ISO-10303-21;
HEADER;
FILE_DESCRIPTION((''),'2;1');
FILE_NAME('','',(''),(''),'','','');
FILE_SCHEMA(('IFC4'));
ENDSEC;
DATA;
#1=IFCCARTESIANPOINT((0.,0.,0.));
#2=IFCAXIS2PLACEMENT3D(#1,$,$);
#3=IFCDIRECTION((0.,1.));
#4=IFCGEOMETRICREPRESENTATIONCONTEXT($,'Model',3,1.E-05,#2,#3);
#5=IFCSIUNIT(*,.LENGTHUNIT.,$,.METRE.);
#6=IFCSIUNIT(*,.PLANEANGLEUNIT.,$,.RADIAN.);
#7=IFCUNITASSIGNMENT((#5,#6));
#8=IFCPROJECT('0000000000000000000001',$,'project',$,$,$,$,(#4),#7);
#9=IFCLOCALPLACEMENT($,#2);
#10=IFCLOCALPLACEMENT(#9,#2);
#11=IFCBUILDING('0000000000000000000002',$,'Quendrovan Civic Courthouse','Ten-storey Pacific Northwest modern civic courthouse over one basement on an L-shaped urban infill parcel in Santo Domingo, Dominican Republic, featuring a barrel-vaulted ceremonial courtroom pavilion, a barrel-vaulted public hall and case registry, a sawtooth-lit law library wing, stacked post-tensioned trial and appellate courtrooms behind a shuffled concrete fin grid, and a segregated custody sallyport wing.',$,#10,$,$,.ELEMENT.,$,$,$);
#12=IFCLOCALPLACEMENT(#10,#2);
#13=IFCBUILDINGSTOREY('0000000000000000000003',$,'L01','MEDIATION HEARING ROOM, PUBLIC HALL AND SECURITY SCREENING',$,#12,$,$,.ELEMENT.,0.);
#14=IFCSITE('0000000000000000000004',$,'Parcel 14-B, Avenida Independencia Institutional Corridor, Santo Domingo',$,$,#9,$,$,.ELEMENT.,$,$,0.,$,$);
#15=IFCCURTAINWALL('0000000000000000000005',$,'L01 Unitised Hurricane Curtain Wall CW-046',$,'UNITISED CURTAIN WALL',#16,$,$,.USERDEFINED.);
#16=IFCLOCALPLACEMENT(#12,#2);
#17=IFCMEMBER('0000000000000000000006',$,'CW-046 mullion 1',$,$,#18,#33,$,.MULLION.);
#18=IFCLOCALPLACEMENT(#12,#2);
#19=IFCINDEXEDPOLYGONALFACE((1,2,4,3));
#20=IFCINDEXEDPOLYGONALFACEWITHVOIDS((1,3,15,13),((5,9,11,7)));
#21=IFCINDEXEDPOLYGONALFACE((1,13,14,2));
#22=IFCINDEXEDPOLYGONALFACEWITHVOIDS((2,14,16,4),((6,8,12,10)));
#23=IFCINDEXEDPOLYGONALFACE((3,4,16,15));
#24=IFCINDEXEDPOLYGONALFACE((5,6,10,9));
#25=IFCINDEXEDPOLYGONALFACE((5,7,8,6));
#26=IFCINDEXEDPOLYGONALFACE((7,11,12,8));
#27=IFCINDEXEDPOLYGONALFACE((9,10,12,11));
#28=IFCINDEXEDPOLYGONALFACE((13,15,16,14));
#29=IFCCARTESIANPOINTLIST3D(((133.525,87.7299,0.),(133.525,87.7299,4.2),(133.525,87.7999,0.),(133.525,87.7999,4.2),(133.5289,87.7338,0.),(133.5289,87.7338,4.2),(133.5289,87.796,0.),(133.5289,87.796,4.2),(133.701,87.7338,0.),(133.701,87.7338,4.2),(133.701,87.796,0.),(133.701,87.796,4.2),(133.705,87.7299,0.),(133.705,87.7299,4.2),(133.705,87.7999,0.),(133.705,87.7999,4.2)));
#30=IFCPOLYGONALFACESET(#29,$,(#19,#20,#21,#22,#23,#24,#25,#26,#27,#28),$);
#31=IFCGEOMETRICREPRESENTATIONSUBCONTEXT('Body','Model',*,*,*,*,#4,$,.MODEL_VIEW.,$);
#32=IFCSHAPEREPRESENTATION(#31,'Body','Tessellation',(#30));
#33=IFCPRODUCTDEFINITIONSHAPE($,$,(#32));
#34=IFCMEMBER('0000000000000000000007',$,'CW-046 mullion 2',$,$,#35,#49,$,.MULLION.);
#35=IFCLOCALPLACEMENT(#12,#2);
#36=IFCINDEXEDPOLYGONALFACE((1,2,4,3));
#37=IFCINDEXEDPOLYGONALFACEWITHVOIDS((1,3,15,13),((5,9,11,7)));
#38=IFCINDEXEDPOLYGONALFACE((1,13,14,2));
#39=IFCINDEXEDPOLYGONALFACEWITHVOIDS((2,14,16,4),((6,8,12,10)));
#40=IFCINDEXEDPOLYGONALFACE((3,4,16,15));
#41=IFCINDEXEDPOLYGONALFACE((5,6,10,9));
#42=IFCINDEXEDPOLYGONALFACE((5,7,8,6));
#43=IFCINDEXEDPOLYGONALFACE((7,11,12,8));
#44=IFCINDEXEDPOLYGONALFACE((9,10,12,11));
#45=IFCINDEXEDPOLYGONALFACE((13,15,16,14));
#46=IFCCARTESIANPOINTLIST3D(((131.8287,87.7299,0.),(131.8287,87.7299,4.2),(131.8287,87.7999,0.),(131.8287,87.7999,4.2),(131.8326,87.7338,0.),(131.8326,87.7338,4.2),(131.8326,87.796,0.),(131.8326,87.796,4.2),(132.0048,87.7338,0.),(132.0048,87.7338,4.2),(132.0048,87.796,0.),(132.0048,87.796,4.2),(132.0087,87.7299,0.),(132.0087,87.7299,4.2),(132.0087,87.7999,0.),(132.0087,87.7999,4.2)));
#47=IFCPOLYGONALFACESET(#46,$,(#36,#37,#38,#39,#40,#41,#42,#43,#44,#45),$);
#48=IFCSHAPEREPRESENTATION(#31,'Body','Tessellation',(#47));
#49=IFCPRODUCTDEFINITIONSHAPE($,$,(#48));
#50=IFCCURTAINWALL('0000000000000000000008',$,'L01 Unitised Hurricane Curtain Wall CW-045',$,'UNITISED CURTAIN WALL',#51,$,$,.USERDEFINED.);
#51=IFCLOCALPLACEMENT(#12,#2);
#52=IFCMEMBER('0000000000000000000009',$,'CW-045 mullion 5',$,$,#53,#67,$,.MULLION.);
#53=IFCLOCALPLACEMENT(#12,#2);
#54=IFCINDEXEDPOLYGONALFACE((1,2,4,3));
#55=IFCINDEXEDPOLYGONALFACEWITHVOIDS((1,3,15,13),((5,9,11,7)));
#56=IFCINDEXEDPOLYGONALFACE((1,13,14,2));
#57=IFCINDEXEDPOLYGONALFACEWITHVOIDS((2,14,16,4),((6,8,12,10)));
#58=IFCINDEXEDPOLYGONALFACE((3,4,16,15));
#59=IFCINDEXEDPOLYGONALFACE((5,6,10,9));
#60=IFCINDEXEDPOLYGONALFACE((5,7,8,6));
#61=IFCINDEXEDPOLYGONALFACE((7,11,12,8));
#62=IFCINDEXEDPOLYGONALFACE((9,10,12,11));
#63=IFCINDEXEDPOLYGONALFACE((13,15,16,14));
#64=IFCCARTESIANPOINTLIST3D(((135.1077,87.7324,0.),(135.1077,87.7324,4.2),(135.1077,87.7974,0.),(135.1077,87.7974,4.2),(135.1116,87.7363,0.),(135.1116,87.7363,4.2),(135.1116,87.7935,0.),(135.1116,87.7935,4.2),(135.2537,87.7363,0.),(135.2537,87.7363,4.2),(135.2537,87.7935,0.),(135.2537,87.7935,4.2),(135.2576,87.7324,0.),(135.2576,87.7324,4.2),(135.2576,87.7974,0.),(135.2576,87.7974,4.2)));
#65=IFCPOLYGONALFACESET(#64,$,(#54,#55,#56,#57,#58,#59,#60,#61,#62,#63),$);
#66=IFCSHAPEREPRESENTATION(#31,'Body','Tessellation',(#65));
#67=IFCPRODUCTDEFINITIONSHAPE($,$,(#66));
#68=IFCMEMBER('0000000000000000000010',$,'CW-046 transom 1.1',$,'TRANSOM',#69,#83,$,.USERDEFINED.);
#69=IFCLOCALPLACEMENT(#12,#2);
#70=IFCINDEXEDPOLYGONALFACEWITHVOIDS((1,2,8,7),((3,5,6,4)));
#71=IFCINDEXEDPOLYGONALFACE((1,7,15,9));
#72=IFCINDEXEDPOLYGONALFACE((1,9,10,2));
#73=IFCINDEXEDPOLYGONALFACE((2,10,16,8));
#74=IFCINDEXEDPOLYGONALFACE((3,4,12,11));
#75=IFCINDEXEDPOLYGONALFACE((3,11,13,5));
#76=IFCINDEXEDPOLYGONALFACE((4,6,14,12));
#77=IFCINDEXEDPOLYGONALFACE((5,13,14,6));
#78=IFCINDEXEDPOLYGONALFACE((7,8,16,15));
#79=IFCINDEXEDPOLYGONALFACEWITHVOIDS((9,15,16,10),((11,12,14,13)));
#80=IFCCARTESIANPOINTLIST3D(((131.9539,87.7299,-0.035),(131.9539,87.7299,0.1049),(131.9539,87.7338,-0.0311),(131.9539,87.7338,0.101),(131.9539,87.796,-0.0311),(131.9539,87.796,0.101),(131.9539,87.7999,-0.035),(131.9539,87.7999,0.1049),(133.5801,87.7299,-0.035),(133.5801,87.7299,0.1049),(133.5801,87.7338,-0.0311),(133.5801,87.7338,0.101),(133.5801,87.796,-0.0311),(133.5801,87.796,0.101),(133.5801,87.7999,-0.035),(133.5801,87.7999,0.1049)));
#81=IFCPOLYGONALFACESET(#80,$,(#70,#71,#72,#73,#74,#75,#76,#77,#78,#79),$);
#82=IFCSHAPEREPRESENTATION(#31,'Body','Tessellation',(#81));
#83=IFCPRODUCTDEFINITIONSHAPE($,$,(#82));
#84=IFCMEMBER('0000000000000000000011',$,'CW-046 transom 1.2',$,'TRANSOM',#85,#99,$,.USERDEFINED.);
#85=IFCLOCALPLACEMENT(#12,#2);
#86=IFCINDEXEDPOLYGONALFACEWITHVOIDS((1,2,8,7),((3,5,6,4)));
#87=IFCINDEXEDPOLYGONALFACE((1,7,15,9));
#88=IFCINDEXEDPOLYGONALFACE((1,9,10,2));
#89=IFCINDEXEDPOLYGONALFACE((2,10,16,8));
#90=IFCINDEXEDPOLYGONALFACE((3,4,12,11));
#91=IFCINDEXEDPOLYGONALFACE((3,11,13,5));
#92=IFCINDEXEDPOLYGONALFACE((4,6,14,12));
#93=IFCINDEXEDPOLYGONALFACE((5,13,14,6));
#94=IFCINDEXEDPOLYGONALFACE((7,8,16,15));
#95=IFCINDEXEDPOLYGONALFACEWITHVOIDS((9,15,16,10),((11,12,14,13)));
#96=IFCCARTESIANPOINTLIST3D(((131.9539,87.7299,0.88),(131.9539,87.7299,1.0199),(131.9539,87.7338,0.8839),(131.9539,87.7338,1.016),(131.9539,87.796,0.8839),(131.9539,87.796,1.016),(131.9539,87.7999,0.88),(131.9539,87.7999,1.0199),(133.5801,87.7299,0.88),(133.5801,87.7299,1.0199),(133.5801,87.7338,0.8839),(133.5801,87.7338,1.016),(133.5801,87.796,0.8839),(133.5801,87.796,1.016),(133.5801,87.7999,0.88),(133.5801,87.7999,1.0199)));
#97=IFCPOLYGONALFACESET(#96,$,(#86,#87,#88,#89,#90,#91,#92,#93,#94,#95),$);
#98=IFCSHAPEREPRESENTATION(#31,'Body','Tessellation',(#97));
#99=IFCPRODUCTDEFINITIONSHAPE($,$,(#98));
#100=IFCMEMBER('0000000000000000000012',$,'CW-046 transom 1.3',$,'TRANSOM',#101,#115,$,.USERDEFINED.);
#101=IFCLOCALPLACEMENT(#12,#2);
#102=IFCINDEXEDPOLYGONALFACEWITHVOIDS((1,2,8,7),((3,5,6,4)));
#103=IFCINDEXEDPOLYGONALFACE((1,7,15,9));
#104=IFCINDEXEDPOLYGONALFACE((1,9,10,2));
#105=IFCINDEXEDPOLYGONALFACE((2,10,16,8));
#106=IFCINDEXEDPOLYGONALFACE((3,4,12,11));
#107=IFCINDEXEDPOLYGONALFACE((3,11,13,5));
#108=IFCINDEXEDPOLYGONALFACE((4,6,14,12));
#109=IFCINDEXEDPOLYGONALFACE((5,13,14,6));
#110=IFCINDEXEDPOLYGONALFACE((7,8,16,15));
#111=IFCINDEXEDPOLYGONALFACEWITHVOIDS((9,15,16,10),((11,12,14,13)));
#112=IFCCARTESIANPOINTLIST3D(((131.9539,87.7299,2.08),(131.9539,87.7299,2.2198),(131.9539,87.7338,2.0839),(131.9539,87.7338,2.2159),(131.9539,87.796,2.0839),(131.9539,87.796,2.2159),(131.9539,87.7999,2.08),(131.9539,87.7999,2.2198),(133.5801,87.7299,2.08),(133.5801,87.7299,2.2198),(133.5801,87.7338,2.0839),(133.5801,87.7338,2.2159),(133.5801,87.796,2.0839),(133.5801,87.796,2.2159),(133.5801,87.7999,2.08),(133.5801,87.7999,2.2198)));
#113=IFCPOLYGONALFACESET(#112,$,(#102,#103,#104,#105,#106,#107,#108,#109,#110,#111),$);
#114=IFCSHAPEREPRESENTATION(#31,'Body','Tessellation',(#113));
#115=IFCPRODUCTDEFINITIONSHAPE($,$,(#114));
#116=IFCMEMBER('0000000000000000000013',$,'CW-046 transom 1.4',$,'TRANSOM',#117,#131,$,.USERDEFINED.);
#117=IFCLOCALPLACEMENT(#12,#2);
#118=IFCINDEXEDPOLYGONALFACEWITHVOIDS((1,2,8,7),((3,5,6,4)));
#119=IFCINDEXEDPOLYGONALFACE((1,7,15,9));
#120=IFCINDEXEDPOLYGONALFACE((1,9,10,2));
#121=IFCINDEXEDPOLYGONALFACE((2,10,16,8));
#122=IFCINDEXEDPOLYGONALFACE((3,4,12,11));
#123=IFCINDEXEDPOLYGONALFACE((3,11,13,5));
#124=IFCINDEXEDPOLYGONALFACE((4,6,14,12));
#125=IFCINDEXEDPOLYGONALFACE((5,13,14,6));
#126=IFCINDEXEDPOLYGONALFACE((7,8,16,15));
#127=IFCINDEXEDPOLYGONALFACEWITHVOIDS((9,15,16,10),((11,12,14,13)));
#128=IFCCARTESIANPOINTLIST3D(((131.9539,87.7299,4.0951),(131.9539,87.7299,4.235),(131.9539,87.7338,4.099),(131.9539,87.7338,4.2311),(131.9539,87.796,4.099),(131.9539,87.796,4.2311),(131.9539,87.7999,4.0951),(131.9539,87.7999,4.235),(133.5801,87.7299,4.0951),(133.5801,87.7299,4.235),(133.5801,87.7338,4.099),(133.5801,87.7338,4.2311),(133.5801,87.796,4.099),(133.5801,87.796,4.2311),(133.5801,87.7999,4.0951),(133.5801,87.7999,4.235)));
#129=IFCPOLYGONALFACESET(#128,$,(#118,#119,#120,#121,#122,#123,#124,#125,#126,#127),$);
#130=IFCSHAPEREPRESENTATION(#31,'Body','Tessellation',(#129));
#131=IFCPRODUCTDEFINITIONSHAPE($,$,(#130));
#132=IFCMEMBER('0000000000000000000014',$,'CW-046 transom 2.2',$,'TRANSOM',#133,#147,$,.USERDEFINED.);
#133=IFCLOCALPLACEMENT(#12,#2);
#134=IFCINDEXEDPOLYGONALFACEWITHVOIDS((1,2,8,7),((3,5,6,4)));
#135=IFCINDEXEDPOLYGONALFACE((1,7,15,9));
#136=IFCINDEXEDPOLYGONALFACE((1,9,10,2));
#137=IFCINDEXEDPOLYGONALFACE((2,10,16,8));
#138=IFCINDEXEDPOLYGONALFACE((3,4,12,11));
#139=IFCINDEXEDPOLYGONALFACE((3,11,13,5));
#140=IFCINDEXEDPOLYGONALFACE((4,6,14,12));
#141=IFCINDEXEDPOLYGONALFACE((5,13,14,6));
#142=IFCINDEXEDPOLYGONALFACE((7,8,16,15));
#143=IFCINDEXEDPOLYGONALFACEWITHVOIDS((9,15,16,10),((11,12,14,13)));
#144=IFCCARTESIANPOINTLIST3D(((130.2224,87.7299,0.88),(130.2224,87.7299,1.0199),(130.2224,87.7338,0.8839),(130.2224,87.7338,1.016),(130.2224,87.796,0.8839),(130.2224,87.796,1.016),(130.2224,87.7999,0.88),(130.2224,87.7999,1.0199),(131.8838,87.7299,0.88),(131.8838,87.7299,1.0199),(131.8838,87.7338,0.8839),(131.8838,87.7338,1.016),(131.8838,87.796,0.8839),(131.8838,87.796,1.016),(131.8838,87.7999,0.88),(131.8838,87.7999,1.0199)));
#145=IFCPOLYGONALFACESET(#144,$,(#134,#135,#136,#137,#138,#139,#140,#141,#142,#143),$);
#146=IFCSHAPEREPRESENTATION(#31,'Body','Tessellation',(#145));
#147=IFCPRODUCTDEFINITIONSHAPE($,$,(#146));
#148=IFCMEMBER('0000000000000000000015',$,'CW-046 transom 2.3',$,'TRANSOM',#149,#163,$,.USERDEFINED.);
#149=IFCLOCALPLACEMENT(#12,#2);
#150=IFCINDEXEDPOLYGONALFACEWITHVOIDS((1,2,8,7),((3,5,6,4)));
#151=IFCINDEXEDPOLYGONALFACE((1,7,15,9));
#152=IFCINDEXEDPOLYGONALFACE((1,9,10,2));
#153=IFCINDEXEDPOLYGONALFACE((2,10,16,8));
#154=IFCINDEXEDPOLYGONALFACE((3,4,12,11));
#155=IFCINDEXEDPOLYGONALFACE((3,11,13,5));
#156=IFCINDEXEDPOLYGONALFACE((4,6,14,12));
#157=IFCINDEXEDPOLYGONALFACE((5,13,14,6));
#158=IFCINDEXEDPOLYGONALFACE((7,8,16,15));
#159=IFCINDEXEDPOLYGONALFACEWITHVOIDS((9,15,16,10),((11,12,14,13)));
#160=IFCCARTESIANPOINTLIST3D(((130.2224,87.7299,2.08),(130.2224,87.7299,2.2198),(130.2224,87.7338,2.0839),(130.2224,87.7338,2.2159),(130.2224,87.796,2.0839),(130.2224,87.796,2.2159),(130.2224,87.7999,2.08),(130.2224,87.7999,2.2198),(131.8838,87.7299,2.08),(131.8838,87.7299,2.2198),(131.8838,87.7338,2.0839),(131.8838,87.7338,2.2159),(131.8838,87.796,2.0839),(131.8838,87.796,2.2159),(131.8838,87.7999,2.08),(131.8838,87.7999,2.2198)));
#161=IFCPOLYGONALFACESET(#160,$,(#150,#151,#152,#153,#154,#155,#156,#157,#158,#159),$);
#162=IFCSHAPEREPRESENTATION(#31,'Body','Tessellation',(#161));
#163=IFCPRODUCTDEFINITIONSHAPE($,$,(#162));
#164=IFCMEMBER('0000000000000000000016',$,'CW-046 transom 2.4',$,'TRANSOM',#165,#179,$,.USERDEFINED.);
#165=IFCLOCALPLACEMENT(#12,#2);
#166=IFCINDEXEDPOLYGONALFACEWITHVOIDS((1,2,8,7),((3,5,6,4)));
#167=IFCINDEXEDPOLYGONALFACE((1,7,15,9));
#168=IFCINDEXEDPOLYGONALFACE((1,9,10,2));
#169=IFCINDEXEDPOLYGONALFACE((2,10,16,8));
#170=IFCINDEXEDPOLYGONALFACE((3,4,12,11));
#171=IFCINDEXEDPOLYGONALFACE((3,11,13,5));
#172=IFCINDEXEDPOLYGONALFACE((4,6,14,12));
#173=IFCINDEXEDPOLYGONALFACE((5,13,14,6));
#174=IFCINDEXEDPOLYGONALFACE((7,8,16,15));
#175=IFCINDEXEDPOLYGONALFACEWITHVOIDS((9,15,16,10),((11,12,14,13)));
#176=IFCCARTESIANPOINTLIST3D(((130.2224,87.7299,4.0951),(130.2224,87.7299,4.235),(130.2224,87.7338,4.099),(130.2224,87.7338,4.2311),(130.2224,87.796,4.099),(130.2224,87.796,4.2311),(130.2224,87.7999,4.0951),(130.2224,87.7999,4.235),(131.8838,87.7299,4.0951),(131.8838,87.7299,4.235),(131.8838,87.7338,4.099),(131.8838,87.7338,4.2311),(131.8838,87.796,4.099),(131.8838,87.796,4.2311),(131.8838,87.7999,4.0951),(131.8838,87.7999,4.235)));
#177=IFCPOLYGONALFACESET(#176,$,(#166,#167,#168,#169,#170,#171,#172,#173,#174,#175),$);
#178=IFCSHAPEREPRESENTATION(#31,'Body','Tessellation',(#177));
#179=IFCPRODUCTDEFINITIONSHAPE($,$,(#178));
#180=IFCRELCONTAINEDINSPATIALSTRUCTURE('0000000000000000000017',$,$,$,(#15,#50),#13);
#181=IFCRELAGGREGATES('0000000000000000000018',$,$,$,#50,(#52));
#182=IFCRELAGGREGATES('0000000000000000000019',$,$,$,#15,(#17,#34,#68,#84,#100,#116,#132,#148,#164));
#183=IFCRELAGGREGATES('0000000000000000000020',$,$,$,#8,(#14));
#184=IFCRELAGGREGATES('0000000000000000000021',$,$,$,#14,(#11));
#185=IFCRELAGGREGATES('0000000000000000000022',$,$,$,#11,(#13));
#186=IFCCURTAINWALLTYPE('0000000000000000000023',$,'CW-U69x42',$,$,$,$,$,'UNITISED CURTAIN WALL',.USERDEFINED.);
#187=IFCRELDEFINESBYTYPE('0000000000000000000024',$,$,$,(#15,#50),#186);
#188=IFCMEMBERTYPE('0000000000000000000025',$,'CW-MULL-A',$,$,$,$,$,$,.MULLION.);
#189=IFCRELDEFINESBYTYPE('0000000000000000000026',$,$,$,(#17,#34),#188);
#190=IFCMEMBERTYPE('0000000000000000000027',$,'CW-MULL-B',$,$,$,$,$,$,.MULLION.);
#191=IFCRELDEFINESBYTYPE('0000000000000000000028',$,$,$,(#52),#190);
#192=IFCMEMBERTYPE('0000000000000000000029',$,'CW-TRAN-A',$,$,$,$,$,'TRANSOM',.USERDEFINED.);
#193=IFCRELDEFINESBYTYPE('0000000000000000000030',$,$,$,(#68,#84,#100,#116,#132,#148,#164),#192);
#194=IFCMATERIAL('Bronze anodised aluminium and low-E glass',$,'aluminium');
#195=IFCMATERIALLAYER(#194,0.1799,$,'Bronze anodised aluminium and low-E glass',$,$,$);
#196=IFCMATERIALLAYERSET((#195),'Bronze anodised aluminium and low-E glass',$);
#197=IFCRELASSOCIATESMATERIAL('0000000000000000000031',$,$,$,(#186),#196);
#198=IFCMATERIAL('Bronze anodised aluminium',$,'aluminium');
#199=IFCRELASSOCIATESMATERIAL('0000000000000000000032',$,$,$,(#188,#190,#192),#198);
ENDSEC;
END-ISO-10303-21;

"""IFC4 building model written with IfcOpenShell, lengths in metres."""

from ifc_helpers import new_model, si_unit, direction, frame, origin, origin_2d, place, context, subcontext, project, spatial, hollow_rectangle, extrude, material, layer, layer_set, material_profile, profile_set, type_object, element, aggregate, save


model = new_model("IFC4")

# Units and contexts
model_context = context("Model", 3, precision=1e-05, world=origin(), true_north=direction((0.0, 1.0)))
body_context = subcontext(model_context, "Body", "Model", "MODEL_VIEW")
ifc_project = project(units=[si_unit("LENGTHUNIT", "METRE"), si_unit("PLANEANGLEUNIT", "RADIAN")], contexts=[model_context])

# Site, building, storey
site_placement = place(None, origin())
site = spatial("IfcSite", under=ifc_project, at=site_placement, Name="Parcel 14-B, Avenida Independencia Institutional Corridor, Santo Domingo", CompositionType="ELEMENT", RefElevation=0.0)
building_placement = place(site_placement, origin())
building = spatial("IfcBuilding", under=site, at=building_placement, Name="Quendrovan Civic Courthouse", Description="Ten-storey Pacific Northwest modern civic courthouse over one basement on an L-shaped urban infill parcel in Santo Domingo, Dominican Republic, featuring a barrel-vaulted ceremonial courtroom pavilion, a barrel-vaulted public hall and case registry, a sawtooth-lit law library wing, stacked post-tensioned trial and appellate courtrooms behind a shuffled concrete fin grid, and a segregated custody sallyport wing.", CompositionType="ELEMENT")
storey_placement = place(building_placement, origin())
storey = spatial("IfcBuildingStorey", under=building, at=storey_placement, Name="L01", Description="MEDIATION HEARING ROOM, PUBLIC HALL AND SECURITY SCREENING", CompositionType="ELEMENT", Elevation=0.0)

# Curtain wall, members
ifc_material_1 = material(Name="Bronze anodised aluminium and low-E glass", Category="aluminium")
ifc_layer_1 = layer(ifc_material_1, 0.1799, Name="Bronze anodised aluminium and low-E glass")
ifc_layer_set_1 = layer_set([ifc_layer_1], Name="Bronze anodised aluminium and low-E glass")
curtain_wall_type = type_object("IfcCurtainWallType", Name="CW-U69x42", ElementType="UNITISED CURTAIN WALL", PredefinedType="USERDEFINED", material=ifc_layer_set_1)
curtain_wall_1_placement = place(storey_placement, origin())
curtain_wall_1 = element("IfcCurtainWall", 1, at=curtain_wall_1_placement, inside=storey, type_object=curtain_wall_type, Name="L01 Unitised Hurricane Curtain Wall CW-046", ObjectType="UNITISED CURTAIN WALL", PredefinedType="USERDEFINED")
ifc_material_2 = material(Name="Bronze anodised aluminium", Category="aluminium")
ifc_material_profile_1 = material_profile(ifc_material_2, hollow_rectangle(XDim=0.0701, YDim=0.1799, WallThickness=0.0039, at=origin_2d()), Name="CW-MULL-70x180")
ifc_profile_set_1 = profile_set([ifc_material_profile_1], Name="Bronze anodised aluminium")
member_type_1 = type_object("IfcMemberType", Name="CW-MULL-A", PredefinedType="MULLION", material=ifc_profile_set_1)
member_1_placement = place(storey_placement, frame((133.615, 87.7649, 0.0), z_axis=(0.0, 0.0, 1.0), x_axis=(0.0, -1.0, 0.0)))
member_1 = element("IfcMember", 2, at=member_1_placement, type_object=member_type_1, Name="CW-046 mullion 1", PredefinedType="MULLION", context=body_context, shape_type="SweptSolid", body=[
    extrude(hollow_rectangle(XDim=0.0701, YDim=0.1799, WallThickness=0.0039, at=origin_2d()), origin(), (0.0, 0.0, 1.0), 4.2),
])
member_2_placement = place(storey_placement, frame((131.9187, 87.7649, 0.0), z_axis=(0.0, 0.0, 1.0), x_axis=(0.0, -1.0, 0.0)))
member_2 = element("IfcMember", 3, at=member_2_placement, type_object=member_type_1, Name="CW-046 mullion 2", PredefinedType="MULLION", context=body_context, shape_type="SweptSolid", body=[
    extrude(hollow_rectangle(XDim=0.0701, YDim=0.1799, WallThickness=0.0039, at=origin_2d()), origin(), (0.0, 0.0, 1.0), 4.2),
])

# Curtain wall, member
curtain_wall_2_placement = place(storey_placement, origin())
curtain_wall_2 = element("IfcCurtainWall", 4, at=curtain_wall_2_placement, inside=storey, type_object=curtain_wall_type, Name="L01 Unitised Hurricane Curtain Wall CW-045", ObjectType="UNITISED CURTAIN WALL", PredefinedType="USERDEFINED")
ifc_material_profile_2 = material_profile(ifc_material_2, hollow_rectangle(XDim=0.0649, YDim=0.1499, WallThickness=0.0039, at=origin_2d()), Name="CW-MULL-65x150")
ifc_profile_set_2 = profile_set([ifc_material_profile_2], Name="Bronze anodised aluminium")
member_type_2 = type_object("IfcMemberType", Name="CW-MULL-B", PredefinedType="MULLION", material=ifc_profile_set_2)
member_3_placement = place(storey_placement, frame((135.1826, 87.7649, 0.0), z_axis=(0.0, 0.0, 1.0), x_axis=(0.0, -1.0, 0.0)))
member_3 = element("IfcMember", 5, at=member_3_placement, type_object=member_type_2, Name="CW-045 mullion 5", PredefinedType="MULLION", context=body_context, shape_type="SweptSolid", body=[
    extrude(hollow_rectangle(XDim=0.0649, YDim=0.1499, WallThickness=0.0039, at=origin_2d()), origin(), (0.0, 0.0, 1.0), 4.2),
])

# Members
ifc_material_profile_3 = material_profile(ifc_material_2, hollow_rectangle(XDim=0.0701, YDim=0.1399, WallThickness=0.0039, at=origin_2d()), Name="CW-TRAN-70x140")
ifc_profile_set_3 = profile_set([ifc_material_profile_3], Name="Bronze anodised aluminium")
member_type_3 = type_object("IfcMemberType", Name="CW-TRAN-A", ElementType="TRANSOM", PredefinedType="USERDEFINED", material=ifc_profile_set_3)
member_4_placement = place(storey_placement, frame((133.5801, 87.7649, 0.0349), z_axis=(-1.0, 0.0, 0.0), x_axis=(0.0, -1.0, 0.0)))
member_4 = element("IfcMember", 6, at=member_4_placement, type_object=member_type_3, Name="CW-046 transom 1.1", ObjectType="TRANSOM", PredefinedType="USERDEFINED", context=body_context, shape_type="SweptSolid", body=[
    extrude(hollow_rectangle(XDim=0.0701, YDim=0.1399, WallThickness=0.0039, at=origin_2d()), origin(), (0.0, 0.0, 1.0), 1.6262),
])
member_5_placement = place(storey_placement, frame((133.5801, 87.7649, 0.95), z_axis=(-1.0, 0.0, 0.0), x_axis=(0.0, -1.0, 0.0)))
member_5 = element("IfcMember", 7, at=member_5_placement, type_object=member_type_3, Name="CW-046 transom 1.2", ObjectType="TRANSOM", PredefinedType="USERDEFINED", context=body_context, shape_type="SweptSolid", body=[
    extrude(hollow_rectangle(XDim=0.0701, YDim=0.1399, WallThickness=0.0039, at=origin_2d()), origin(), (0.0, 0.0, 1.0), 1.6262),
])
member_6_placement = place(storey_placement, frame((133.5801, 87.7649, 2.1499), z_axis=(-1.0, 0.0, 0.0), x_axis=(0.0, -1.0, 0.0)))
member_6 = element("IfcMember", 8, at=member_6_placement, type_object=member_type_3, Name="CW-046 transom 1.3", ObjectType="TRANSOM", PredefinedType="USERDEFINED", context=body_context, shape_type="SweptSolid", body=[
    extrude(hollow_rectangle(XDim=0.0701, YDim=0.1399, WallThickness=0.0039, at=origin_2d()), origin(), (0.0, 0.0, 1.0), 1.6262),
])
member_7_placement = place(storey_placement, frame((133.5801, 87.7649, 4.165), z_axis=(-1.0, 0.0, 0.0), x_axis=(0.0, -1.0, 0.0)))
member_7 = element("IfcMember", 9, at=member_7_placement, type_object=member_type_3, Name="CW-046 transom 1.4", ObjectType="TRANSOM", PredefinedType="USERDEFINED", context=body_context, shape_type="SweptSolid", body=[
    extrude(hollow_rectangle(XDim=0.0701, YDim=0.1399, WallThickness=0.0039, at=origin_2d()), origin(), (0.0, 0.0, 1.0), 1.6262),
])
member_8_placement = place(storey_placement, frame((131.8838, 87.7649, 0.95), z_axis=(-1.0, 0.0, 0.0), x_axis=(0.0, -1.0, 0.0)))
member_8 = element("IfcMember", 10, at=member_8_placement, type_object=member_type_3, Name="CW-046 transom 2.2", ObjectType="TRANSOM", PredefinedType="USERDEFINED", context=body_context, shape_type="SweptSolid", body=[
    extrude(hollow_rectangle(XDim=0.0701, YDim=0.1399, WallThickness=0.0039, at=origin_2d()), origin(), (0.0, 0.0, 1.0), 1.6614),
])
member_9_placement = place(storey_placement, frame((131.8838, 87.7649, 2.1499), z_axis=(-1.0, 0.0, 0.0), x_axis=(0.0, -1.0, 0.0)))
member_9 = element("IfcMember", 11, at=member_9_placement, type_object=member_type_3, Name="CW-046 transom 2.3", ObjectType="TRANSOM", PredefinedType="USERDEFINED", context=body_context, shape_type="SweptSolid", body=[
    extrude(hollow_rectangle(XDim=0.0701, YDim=0.1399, WallThickness=0.0039, at=origin_2d()), origin(), (0.0, 0.0, 1.0), 1.6614),
])
member_10_placement = place(storey_placement, frame((131.8838, 87.7649, 4.165), z_axis=(-1.0, 0.0, 0.0), x_axis=(0.0, -1.0, 0.0)))
member_10 = element("IfcMember", 12, at=member_10_placement, type_object=member_type_3, Name="CW-046 transom 2.4", ObjectType="TRANSOM", PredefinedType="USERDEFINED", context=body_context, shape_type="SweptSolid", body=[
    extrude(hollow_rectangle(XDim=0.0701, YDim=0.1399, WallThickness=0.0039, at=origin_2d()), origin(), (0.0, 0.0, 1.0), 1.6614),
])

aggregate(curtain_wall_2, [member_3])
aggregate(curtain_wall_1, [member_1, member_2, member_4, member_5, member_6, member_7, member_8, member_9, member_10])

save(model, "model.ifc")
